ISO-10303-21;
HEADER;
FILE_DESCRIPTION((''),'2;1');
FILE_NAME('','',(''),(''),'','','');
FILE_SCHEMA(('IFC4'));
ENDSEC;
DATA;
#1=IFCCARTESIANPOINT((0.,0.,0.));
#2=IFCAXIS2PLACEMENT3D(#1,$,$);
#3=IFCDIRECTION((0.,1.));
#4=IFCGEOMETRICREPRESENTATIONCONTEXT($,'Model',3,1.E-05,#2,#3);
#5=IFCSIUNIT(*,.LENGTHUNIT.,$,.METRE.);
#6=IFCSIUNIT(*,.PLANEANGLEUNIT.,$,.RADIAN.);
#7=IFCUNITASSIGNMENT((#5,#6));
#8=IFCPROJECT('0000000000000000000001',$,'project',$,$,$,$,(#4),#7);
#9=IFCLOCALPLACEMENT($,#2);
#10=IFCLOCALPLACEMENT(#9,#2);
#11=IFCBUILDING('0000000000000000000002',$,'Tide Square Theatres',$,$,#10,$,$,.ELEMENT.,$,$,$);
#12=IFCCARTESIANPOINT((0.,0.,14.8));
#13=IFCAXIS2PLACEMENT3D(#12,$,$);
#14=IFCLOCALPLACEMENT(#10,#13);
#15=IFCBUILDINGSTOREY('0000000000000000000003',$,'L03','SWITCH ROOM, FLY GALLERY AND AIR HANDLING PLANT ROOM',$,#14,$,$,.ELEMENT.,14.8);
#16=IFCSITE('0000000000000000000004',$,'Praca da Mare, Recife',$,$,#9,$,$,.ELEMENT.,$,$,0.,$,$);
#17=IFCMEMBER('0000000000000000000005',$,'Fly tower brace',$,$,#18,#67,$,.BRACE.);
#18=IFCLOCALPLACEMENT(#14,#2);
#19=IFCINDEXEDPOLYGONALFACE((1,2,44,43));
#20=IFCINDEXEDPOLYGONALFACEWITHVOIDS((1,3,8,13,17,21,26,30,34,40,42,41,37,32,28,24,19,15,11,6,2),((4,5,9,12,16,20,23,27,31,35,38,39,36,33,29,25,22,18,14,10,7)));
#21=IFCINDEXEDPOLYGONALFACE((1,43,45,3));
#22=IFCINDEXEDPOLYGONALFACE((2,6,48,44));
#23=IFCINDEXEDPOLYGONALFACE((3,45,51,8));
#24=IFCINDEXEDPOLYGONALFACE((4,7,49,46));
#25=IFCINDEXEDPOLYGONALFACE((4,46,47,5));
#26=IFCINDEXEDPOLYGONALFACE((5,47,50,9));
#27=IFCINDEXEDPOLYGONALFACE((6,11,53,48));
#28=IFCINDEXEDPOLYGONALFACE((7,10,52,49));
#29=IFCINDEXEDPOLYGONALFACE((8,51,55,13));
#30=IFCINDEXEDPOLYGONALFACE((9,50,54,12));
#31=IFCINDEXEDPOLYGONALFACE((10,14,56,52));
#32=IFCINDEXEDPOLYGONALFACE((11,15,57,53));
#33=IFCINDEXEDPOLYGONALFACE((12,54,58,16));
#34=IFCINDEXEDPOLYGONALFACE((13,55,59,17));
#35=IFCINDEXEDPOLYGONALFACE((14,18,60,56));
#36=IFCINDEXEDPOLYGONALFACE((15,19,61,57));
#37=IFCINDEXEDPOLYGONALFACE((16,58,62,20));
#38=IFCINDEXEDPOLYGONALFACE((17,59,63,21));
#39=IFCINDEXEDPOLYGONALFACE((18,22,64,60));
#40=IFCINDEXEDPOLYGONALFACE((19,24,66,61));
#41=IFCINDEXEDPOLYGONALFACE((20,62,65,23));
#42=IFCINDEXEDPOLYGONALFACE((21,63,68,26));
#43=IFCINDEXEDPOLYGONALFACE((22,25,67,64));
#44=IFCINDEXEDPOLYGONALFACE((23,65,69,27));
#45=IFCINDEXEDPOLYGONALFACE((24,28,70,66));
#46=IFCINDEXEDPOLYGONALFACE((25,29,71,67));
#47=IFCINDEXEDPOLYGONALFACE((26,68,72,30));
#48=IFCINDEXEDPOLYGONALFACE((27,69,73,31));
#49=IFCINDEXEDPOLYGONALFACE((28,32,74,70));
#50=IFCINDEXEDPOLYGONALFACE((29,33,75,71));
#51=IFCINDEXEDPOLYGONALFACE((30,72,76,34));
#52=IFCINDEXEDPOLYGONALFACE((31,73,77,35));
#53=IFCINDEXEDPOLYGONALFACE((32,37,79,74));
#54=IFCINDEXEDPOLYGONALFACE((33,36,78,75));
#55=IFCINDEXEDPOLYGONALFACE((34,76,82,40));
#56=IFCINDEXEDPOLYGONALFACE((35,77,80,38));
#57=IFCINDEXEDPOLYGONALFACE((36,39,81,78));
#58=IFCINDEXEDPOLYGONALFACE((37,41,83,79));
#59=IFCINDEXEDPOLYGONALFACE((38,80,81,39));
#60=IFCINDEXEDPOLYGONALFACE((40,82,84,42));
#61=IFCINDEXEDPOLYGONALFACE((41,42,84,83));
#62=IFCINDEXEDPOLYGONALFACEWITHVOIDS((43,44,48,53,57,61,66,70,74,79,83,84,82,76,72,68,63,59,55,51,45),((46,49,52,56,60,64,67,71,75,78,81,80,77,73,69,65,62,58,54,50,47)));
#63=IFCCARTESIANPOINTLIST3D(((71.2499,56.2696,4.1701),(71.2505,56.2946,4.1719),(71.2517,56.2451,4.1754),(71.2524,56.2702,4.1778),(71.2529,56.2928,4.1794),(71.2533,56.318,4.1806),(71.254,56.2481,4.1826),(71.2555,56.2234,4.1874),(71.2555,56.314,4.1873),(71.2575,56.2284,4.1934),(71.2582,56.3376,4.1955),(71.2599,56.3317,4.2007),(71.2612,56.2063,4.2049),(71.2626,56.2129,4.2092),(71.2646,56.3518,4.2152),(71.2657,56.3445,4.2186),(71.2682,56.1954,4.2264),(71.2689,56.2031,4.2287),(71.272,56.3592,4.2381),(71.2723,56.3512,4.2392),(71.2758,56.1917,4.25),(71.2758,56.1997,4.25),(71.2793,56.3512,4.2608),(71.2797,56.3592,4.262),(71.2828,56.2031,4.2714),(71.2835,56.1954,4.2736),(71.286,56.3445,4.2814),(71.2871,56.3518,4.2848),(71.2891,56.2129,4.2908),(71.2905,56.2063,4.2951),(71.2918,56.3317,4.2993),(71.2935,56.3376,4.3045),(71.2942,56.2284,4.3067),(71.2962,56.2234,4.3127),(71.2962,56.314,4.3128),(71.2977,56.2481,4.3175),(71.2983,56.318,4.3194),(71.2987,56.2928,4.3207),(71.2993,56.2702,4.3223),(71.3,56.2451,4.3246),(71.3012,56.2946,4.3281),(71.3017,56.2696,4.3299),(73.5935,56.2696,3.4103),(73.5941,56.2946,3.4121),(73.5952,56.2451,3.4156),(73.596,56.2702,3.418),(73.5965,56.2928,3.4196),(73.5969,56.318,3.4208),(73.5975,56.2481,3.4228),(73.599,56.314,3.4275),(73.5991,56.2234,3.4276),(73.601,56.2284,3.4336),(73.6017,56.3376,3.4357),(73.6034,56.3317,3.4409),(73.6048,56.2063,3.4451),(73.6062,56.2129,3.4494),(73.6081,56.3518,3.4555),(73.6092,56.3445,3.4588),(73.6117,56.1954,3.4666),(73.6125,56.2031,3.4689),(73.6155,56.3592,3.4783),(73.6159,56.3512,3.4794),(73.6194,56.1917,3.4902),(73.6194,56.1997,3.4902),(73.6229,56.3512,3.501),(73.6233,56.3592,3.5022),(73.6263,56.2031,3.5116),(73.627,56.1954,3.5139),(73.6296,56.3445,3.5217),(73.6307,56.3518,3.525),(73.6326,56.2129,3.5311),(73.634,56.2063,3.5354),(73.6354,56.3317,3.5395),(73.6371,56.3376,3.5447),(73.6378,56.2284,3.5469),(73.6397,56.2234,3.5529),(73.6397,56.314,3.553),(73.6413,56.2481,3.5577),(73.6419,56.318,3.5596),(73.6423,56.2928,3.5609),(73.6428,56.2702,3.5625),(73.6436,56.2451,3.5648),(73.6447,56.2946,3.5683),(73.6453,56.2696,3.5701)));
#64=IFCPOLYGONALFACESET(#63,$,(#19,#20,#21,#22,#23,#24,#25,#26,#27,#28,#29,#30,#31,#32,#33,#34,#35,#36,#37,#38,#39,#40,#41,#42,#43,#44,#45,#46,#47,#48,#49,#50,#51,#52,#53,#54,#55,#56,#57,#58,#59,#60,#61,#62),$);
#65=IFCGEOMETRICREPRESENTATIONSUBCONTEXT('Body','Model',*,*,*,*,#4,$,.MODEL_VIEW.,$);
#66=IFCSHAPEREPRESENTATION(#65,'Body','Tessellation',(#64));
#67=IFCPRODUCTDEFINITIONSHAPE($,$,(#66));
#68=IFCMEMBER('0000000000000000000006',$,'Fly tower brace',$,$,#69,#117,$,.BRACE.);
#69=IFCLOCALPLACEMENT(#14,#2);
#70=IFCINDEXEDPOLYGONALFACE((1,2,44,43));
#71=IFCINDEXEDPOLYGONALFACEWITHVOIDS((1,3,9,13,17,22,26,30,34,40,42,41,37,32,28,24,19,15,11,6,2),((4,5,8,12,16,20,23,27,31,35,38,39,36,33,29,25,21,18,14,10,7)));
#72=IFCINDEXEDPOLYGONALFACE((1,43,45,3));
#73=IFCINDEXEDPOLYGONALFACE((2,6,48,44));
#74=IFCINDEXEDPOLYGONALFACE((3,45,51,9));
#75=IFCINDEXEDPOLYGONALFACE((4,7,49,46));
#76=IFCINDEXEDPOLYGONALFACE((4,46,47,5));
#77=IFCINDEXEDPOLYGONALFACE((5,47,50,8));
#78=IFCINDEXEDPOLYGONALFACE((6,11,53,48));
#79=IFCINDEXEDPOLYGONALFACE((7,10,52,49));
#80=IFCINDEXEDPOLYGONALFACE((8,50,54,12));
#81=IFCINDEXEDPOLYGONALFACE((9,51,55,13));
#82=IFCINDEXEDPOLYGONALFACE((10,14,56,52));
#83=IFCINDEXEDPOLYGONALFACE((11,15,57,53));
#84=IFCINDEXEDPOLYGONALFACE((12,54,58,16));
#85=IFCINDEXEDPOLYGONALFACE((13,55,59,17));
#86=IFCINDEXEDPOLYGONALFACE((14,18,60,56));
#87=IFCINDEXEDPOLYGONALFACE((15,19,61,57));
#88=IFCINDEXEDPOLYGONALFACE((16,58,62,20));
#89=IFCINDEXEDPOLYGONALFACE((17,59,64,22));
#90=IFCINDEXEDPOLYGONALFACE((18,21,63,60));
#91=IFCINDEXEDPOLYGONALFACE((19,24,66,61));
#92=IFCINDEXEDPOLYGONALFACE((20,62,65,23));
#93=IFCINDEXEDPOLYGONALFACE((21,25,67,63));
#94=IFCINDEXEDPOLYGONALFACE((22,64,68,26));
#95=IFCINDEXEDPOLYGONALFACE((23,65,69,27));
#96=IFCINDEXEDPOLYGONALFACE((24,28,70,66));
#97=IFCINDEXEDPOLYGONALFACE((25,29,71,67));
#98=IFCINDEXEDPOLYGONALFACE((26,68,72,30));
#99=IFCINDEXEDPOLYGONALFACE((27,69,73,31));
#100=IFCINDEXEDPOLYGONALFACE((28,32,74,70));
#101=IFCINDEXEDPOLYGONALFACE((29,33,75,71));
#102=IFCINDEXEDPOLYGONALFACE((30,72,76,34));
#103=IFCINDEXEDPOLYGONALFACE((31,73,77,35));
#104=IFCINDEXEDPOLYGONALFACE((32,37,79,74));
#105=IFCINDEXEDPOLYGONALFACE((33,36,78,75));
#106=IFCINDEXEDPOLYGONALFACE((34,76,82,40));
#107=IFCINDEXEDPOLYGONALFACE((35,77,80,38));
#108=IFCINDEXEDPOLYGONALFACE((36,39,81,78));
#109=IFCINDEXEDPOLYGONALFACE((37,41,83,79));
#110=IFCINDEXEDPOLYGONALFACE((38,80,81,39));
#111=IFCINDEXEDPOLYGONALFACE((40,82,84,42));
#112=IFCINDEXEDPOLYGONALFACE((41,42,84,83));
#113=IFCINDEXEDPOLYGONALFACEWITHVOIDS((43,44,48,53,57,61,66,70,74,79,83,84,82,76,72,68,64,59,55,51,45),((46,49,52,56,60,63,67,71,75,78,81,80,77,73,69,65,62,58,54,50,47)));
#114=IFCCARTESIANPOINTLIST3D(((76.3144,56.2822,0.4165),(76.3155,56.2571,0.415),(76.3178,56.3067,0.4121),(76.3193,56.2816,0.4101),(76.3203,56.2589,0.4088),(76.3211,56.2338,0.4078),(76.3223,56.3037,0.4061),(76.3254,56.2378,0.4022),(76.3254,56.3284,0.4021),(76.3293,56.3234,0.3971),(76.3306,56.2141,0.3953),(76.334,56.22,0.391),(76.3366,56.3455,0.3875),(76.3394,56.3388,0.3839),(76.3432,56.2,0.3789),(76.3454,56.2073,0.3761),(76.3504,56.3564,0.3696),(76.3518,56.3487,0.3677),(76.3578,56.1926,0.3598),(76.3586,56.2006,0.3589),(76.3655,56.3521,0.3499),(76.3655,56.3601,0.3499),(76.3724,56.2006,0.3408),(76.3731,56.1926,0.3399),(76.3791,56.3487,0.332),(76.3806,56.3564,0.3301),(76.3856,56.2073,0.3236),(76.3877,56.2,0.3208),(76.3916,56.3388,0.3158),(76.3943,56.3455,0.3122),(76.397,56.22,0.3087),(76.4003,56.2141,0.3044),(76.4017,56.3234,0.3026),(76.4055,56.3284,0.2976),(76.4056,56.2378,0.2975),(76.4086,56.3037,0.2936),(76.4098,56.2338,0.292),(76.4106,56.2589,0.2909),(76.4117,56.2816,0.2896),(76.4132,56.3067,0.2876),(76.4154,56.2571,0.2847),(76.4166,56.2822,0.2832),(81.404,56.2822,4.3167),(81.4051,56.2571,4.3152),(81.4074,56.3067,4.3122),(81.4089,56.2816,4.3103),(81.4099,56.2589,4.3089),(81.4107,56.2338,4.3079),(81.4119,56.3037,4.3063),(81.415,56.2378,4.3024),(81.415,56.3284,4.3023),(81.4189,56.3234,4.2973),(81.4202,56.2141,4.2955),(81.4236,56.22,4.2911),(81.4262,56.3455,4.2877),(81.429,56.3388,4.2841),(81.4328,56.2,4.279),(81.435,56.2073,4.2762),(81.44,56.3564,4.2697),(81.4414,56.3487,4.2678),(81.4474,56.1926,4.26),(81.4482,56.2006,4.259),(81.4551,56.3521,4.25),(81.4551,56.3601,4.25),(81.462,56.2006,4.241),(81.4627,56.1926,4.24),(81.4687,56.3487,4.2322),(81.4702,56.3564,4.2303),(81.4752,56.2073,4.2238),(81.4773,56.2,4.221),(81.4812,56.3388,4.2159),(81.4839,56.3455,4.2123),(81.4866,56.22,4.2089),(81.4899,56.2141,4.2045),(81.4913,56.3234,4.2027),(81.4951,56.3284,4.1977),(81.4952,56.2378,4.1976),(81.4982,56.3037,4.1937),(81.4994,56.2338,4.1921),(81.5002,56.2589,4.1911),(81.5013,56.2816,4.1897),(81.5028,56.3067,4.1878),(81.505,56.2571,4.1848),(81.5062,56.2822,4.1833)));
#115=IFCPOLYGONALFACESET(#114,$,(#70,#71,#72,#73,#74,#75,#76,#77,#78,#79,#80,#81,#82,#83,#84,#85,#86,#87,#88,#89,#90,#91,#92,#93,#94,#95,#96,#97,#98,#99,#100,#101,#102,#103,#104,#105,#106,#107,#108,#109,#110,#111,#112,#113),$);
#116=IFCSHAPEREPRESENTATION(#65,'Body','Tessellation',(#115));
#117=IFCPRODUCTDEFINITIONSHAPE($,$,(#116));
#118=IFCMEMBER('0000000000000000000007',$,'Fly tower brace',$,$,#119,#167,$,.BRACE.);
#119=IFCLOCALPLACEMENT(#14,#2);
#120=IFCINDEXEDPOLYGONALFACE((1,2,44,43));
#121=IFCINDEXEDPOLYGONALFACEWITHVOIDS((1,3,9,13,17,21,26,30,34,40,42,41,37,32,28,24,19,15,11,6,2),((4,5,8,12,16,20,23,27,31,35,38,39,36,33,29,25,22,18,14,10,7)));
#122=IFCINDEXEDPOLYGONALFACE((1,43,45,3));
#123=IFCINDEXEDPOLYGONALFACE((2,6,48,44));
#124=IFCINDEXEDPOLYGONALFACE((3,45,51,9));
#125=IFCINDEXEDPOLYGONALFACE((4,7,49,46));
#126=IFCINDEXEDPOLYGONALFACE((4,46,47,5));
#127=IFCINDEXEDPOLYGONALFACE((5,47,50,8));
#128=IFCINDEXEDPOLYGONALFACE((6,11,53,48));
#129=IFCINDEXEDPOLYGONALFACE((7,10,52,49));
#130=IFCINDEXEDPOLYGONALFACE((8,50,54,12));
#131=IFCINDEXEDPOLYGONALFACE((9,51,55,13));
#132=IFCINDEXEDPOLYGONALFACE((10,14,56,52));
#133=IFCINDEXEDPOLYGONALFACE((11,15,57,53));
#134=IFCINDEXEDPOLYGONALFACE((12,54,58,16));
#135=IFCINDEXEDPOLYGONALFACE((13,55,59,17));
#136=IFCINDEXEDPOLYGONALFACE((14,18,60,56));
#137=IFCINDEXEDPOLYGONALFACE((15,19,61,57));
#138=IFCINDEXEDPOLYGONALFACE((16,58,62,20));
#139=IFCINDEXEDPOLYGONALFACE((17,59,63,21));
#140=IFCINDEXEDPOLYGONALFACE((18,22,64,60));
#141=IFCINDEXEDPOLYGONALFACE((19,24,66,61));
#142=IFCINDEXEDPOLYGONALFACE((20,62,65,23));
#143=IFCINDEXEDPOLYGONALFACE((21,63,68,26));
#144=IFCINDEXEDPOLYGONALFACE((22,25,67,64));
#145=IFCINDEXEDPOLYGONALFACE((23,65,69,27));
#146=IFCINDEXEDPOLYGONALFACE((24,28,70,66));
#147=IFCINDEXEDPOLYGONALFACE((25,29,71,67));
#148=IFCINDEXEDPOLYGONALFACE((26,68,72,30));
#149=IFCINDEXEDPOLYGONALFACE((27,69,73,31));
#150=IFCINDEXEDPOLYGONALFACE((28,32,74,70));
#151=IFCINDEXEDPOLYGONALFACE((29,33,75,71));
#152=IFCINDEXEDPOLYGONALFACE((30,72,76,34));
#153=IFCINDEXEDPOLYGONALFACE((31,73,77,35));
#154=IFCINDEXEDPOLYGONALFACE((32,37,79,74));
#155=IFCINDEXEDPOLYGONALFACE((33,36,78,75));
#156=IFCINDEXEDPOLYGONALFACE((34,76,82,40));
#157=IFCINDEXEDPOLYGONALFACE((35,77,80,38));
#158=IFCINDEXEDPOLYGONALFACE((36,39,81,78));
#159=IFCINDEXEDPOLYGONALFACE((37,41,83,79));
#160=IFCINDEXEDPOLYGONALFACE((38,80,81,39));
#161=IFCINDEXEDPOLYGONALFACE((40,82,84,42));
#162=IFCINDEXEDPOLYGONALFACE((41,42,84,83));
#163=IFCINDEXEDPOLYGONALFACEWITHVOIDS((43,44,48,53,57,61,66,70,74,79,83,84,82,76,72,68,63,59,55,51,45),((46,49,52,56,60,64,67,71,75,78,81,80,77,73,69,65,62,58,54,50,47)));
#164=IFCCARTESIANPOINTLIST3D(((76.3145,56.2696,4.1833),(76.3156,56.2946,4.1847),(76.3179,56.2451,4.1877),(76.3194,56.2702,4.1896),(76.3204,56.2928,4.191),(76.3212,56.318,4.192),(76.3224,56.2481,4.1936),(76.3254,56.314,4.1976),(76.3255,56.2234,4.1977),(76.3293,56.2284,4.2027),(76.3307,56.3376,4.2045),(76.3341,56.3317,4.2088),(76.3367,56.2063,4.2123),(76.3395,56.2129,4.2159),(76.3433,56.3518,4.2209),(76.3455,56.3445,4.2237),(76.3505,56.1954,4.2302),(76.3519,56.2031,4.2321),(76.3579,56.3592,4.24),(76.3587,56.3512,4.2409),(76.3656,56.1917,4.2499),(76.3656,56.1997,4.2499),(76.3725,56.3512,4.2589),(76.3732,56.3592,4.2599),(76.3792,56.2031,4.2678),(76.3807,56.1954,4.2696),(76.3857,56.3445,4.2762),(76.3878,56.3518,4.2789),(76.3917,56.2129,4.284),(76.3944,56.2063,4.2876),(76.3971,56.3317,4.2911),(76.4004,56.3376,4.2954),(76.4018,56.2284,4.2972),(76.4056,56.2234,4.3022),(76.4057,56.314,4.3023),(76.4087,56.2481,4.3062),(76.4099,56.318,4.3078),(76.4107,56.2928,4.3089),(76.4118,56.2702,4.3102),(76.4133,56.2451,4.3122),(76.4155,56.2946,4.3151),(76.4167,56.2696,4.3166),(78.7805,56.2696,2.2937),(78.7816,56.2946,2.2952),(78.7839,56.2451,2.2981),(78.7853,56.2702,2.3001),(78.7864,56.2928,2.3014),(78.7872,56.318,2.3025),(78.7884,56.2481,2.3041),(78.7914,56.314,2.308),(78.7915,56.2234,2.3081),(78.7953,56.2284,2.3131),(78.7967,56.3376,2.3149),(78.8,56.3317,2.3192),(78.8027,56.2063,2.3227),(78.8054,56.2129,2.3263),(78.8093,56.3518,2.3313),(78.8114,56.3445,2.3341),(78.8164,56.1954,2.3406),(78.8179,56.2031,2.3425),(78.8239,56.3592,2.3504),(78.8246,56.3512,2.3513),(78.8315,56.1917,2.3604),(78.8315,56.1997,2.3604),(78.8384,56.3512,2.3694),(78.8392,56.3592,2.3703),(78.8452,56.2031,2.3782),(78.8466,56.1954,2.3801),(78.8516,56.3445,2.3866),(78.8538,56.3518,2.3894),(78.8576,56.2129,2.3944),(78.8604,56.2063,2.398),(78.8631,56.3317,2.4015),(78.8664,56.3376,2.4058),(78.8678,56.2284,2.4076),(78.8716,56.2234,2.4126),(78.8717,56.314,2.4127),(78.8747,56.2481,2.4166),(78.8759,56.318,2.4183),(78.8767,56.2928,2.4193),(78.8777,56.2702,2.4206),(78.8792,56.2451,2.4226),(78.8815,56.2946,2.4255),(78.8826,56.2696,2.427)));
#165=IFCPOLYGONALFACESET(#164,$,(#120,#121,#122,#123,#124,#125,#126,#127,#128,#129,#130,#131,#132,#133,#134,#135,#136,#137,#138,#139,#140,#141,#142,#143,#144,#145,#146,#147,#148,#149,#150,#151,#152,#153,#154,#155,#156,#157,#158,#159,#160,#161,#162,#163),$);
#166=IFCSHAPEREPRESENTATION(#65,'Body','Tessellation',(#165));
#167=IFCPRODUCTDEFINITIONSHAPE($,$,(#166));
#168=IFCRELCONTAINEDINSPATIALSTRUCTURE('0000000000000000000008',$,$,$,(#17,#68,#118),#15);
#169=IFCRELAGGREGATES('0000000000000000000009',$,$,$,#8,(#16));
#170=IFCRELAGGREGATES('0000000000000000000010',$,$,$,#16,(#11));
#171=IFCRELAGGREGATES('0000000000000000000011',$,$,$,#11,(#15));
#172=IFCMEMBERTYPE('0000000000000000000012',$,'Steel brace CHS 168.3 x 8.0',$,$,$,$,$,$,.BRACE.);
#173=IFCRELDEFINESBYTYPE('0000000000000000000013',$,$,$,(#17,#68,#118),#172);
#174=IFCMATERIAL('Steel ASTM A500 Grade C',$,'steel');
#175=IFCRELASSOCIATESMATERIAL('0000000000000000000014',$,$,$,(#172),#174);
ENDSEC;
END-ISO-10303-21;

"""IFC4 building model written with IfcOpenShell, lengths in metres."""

from ifc_helpers import new_model, si_unit, direction, frame, origin, origin_2d, place, context, subcontext, project, spatial, hollow_circle, extrude, material, material_profile, profile_set, type_object, element, save


model = new_model("IFC4")

# Units and contexts
model_context = context("Model", 3, precision=1e-05, world=origin(), true_north=direction((0.0, 1.0)))
body_context = subcontext(model_context, "Body", "Model", "MODEL_VIEW")
ifc_project = project(units=[si_unit("LENGTHUNIT", "METRE"), si_unit("PLANEANGLEUNIT", "RADIAN")], contexts=[model_context])

# Site, building, storey
site_placement = place(None, origin())
site = spatial("IfcSite", under=ifc_project, at=site_placement, Name="Praca da Mare, Recife", CompositionType="ELEMENT", RefElevation=0.0)
building_placement = place(site_placement, origin())
building = spatial("IfcBuilding", under=site, at=building_placement, Name="Tide Square Theatres", CompositionType="ELEMENT")
storey_placement = place(building_placement, frame((0.0, 0.0, 14.8)))
storey = spatial("IfcBuildingStorey", under=building, at=storey_placement, Name="L03", Description="SWITCH ROOM, FLY GALLERY AND AIR HANDLING PLANT ROOM", CompositionType="ELEMENT", Elevation=14.8)

# Members
ifc_material_1 = material(Name="Steel ASTM A500 Grade C", Category="steel")
ifc_material_profile_1 = material_profile(ifc_material_1, hollow_circle(Radius=0.0842, WallThickness=0.0081, at=origin_2d()))
ifc_profile_set_1 = profile_set([ifc_material_profile_1], Name="Steel ASTM A500 Grade C")
member_type = type_object("IfcMemberType", Name="Steel brace CHS 168.3 x 8.0", PredefinedType="BRACE", material=ifc_profile_set_1)
member_1_placement = place(storey_placement, frame((73.6194, 56.2759, 3.4902), z_axis=(-0.951257, 0.0, 0.308398), x_axis=(0.0, -1.0, 0.0)))
element("IfcMember", 1, at=member_1_placement, inside=storey, type_object=member_type, Name="Fly tower brace", PredefinedType="BRACE", context=body_context, shape_type="SweptSolid", body=[
    extrude(hollow_circle(Radius=0.0842, WallThickness=0.0081, at=origin_2d()), origin(), (0.0, 0.0, 1.0), 2.4636),
])
member_2_placement = place(storey_placement, frame((76.3655, 56.2759, 0.3499), z_axis=(0.793748, 0.0, 0.608247), x_axis=(0.0, 1.0, 0.0)))
element("IfcMember", 2, at=member_2_placement, inside=storey, type_object=member_type, Name="Fly tower brace", PredefinedType="BRACE", context=body_context, shape_type="SweptSolid", body=[
    extrude(hollow_circle(Radius=0.0842, WallThickness=0.0081, at=origin_2d()), origin(), (0.0, 0.0, 1.0), 6.4121),
])
member_3_placement = place(storey_placement, frame((78.8315, 56.2759, 2.3604), z_axis=(-0.793762, 0.0, 0.608229), x_axis=(0.0, -1.0, 0.0)))
element("IfcMember", 3, at=member_3_placement, inside=storey, type_object=member_type, Name="Fly tower brace", PredefinedType="BRACE", context=body_context, shape_type="SweptSolid", body=[
    extrude(hollow_circle(Radius=0.0842, WallThickness=0.0081, at=origin_2d()), origin(), (0.0, 0.0, 1.0), 3.1067),
])

save(model, "model.ifc")
